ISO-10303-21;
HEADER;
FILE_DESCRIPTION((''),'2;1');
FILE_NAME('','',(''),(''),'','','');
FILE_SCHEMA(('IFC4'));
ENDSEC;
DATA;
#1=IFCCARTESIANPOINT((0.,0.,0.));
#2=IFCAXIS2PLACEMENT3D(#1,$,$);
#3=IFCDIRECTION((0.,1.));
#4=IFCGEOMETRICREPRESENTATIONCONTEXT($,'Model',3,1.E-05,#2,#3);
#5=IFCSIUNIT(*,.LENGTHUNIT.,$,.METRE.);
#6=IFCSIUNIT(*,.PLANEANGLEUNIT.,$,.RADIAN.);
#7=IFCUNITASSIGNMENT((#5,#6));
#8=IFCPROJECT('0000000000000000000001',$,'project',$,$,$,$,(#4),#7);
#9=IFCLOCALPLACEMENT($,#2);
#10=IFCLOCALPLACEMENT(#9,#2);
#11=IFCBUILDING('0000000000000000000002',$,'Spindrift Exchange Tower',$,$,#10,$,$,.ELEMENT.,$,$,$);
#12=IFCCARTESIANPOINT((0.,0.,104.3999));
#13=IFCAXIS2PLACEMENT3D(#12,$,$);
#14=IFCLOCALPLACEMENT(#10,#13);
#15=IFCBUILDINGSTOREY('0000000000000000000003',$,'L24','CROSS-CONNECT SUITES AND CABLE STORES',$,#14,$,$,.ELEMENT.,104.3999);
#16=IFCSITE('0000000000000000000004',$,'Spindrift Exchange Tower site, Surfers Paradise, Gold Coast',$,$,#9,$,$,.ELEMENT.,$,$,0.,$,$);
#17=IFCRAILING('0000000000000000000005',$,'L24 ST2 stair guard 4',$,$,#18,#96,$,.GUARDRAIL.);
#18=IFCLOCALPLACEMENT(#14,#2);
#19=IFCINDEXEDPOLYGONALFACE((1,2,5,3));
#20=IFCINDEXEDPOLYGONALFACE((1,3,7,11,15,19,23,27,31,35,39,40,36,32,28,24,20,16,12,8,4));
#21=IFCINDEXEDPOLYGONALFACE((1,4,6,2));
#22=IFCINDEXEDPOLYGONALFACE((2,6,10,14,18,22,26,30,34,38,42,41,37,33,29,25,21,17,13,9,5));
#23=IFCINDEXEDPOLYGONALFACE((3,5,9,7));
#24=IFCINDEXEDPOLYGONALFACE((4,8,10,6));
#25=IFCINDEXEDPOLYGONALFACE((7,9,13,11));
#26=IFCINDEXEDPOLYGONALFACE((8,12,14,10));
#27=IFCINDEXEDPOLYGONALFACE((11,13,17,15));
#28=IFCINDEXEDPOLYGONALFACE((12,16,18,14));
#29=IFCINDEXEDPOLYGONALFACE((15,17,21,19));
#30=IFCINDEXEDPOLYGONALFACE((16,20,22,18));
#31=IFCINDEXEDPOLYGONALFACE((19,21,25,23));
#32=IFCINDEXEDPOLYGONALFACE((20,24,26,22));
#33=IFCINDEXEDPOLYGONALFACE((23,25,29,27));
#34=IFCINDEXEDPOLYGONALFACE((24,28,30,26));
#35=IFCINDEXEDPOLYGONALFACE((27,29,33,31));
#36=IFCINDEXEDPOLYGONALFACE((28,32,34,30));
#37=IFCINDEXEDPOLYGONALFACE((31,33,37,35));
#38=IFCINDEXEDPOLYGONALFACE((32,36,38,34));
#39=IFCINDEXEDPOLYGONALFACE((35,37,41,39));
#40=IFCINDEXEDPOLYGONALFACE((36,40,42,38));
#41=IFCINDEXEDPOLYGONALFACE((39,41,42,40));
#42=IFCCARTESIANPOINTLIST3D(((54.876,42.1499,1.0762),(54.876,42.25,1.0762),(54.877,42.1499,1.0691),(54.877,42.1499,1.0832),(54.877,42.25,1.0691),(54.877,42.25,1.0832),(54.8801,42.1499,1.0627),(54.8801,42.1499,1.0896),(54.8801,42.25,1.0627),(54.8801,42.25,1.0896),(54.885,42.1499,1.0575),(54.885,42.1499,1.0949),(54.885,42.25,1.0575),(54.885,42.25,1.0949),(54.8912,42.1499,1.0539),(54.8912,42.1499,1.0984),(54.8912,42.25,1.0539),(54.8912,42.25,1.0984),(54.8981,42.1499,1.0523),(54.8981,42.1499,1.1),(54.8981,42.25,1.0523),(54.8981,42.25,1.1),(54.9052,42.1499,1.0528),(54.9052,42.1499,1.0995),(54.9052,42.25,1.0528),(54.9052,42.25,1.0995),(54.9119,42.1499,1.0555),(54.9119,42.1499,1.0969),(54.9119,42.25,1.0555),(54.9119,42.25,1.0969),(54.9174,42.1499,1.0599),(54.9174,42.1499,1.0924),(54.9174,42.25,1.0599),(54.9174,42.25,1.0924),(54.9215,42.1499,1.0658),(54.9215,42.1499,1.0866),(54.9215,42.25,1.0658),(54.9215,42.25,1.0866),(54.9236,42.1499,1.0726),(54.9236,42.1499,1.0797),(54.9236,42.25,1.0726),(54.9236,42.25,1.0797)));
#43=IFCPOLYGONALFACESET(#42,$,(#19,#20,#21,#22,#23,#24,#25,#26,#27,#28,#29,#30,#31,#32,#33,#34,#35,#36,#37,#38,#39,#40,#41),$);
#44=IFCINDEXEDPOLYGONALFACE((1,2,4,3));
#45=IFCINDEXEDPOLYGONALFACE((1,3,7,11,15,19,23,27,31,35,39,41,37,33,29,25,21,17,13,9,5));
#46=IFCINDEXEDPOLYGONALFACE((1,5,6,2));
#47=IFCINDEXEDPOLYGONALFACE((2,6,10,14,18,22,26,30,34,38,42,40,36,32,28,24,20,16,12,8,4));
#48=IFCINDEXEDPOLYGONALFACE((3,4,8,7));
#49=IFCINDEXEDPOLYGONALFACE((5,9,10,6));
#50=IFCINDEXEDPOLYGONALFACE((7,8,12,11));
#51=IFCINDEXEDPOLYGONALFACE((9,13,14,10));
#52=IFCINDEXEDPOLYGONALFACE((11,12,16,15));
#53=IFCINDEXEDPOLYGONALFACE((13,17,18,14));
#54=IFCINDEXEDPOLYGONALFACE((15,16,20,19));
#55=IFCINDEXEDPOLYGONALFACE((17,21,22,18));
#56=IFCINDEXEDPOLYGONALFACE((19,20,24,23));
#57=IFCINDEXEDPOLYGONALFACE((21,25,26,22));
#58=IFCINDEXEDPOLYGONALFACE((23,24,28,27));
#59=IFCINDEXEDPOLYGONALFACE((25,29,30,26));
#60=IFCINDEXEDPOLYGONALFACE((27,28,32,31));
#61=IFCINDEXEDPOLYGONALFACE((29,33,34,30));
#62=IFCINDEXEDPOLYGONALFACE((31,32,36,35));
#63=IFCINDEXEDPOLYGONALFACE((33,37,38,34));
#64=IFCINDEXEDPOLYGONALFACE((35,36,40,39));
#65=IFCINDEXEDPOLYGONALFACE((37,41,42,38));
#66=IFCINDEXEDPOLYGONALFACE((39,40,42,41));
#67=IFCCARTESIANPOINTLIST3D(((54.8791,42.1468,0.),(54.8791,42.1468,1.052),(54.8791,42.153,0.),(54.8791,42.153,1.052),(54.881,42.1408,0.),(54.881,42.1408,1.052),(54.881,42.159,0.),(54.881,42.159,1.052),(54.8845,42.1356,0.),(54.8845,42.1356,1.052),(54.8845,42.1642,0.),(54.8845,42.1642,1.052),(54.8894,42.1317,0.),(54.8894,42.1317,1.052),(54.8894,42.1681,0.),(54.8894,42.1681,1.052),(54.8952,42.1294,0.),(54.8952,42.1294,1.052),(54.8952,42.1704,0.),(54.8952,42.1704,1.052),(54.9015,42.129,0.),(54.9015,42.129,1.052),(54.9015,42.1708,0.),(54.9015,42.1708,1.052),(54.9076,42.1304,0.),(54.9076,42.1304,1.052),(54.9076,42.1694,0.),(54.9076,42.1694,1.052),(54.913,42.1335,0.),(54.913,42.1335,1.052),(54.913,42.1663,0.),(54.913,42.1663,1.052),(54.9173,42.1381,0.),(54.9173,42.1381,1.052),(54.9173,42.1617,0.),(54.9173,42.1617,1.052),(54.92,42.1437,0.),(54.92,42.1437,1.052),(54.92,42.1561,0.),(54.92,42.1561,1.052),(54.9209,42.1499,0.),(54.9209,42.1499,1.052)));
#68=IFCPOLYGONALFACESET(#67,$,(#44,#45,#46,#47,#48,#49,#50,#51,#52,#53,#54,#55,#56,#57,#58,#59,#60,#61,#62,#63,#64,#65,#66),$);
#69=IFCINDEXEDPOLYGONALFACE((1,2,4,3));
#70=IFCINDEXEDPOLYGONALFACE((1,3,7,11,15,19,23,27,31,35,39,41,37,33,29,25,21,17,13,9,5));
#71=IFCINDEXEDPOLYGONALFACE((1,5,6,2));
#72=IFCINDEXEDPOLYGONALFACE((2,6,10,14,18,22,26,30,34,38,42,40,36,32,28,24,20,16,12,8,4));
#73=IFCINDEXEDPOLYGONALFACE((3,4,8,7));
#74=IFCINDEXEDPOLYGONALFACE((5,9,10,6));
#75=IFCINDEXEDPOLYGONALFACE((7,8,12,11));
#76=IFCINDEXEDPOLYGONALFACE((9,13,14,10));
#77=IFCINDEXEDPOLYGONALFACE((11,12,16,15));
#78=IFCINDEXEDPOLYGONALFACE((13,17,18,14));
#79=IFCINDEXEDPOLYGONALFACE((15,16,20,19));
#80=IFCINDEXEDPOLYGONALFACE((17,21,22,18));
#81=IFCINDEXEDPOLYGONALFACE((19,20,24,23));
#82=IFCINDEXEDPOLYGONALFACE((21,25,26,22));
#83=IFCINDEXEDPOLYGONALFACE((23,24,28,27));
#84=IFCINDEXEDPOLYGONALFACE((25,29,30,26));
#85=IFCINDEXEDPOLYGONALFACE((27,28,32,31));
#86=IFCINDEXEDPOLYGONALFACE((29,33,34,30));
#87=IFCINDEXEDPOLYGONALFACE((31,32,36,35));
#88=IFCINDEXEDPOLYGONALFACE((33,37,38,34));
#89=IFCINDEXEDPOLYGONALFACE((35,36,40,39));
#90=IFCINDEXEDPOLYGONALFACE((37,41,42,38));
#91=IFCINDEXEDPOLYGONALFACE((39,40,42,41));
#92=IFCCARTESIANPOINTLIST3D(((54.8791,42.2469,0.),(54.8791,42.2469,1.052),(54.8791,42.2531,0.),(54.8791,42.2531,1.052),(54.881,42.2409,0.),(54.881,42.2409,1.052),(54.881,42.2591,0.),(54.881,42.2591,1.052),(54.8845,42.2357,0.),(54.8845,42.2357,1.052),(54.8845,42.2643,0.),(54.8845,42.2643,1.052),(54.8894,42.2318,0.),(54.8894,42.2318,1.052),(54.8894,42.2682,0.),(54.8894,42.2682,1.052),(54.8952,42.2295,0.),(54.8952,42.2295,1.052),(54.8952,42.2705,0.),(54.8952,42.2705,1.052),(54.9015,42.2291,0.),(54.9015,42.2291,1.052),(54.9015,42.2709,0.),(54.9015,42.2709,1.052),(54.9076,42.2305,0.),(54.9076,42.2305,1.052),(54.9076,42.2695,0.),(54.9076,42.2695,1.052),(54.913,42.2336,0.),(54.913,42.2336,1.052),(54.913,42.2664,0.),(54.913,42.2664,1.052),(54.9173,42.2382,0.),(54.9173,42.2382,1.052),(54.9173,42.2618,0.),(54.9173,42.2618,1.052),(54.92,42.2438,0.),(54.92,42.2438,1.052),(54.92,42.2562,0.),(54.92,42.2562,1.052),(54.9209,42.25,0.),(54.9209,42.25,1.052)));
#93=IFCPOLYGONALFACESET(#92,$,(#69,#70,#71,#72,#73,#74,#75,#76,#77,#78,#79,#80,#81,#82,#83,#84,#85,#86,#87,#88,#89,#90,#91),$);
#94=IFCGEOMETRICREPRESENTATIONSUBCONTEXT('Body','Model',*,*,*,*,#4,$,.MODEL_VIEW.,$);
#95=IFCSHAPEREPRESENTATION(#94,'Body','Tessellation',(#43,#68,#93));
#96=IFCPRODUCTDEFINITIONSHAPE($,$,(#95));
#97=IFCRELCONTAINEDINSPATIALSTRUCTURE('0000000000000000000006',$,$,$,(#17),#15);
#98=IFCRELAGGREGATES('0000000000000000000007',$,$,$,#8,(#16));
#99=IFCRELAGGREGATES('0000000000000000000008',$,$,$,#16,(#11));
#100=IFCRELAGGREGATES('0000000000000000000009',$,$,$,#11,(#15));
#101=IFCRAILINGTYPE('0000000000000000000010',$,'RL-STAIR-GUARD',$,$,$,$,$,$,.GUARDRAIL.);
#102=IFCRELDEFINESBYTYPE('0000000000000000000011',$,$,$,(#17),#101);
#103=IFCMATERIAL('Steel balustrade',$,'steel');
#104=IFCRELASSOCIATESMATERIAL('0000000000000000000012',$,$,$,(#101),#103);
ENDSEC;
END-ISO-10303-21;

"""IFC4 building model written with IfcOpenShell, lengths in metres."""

from ifc_helpers import new_model, si_unit, direction, frame, origin, origin_2d, place, context, subcontext, project, spatial, circle, extrude, material, type_object, element, save


model = new_model("IFC4")

# Units and contexts
model_context = context("Model", 3, precision=1e-05, world=origin(), true_north=direction((0.0, 1.0)))
body_context = subcontext(model_context, "Body", "Model", "MODEL_VIEW")
ifc_project = project(units=[si_unit("LENGTHUNIT", "METRE"), si_unit("PLANEANGLEUNIT", "RADIAN")], contexts=[model_context])

# Site, building, storey
site_placement = place(None, origin())
site = spatial("IfcSite", under=ifc_project, at=site_placement, Name="Spindrift Exchange Tower site, Surfers Paradise, Gold Coast", CompositionType="ELEMENT", RefElevation=0.0)
building_placement = place(site_placement, origin())
building = spatial("IfcBuilding", under=site, at=building_placement, Name="Spindrift Exchange Tower", CompositionType="ELEMENT")
storey_placement = place(building_placement, frame((0.0, 0.0, 104.3999)))
storey = spatial("IfcBuildingStorey", under=building, at=storey_placement, Name="L24", Description="CROSS-CONNECT SUITES AND CABLE STORES", CompositionType="ELEMENT", Elevation=104.3999)

# Railing
ifc_material_1 = material(Name="Steel balustrade", Category="steel")
railing_type_1 = type_object("IfcRailingType", Name="RL-STAIR-GUARD", PredefinedType="GUARDRAIL", material=ifc_material_1)
railing_1_placement = place(storey_placement, frame((54.8999, 42.1499, 0.0)))
element("IfcRailing", 1, at=railing_1_placement, inside=storey, type_object=railing_type_1, Name="L24 ST2 stair guard 4", PredefinedType="GUARDRAIL", context=body_context, shape_type="SweptSolid", body=[
    extrude(circle(Radius=0.0239, at=origin_2d()), frame((0.0, 0.0, 1.0762), z_axis=(0.0, 1.0, 0.0), x_axis=(-1.0, 0.0, 0.0)), (0.0, 0.0, 1.0), 0.1001),
    extrude(circle(Radius=0.021, at=origin_2d()), origin(), (0.0, 0.0, 1.0), 1.052),
    extrude(circle(Radius=0.021, at=origin_2d()), frame((0.0, 0.1001, 0.0)), (0.0, 0.0, 1.0), 1.052),
])

save(model, "model.ifc")
